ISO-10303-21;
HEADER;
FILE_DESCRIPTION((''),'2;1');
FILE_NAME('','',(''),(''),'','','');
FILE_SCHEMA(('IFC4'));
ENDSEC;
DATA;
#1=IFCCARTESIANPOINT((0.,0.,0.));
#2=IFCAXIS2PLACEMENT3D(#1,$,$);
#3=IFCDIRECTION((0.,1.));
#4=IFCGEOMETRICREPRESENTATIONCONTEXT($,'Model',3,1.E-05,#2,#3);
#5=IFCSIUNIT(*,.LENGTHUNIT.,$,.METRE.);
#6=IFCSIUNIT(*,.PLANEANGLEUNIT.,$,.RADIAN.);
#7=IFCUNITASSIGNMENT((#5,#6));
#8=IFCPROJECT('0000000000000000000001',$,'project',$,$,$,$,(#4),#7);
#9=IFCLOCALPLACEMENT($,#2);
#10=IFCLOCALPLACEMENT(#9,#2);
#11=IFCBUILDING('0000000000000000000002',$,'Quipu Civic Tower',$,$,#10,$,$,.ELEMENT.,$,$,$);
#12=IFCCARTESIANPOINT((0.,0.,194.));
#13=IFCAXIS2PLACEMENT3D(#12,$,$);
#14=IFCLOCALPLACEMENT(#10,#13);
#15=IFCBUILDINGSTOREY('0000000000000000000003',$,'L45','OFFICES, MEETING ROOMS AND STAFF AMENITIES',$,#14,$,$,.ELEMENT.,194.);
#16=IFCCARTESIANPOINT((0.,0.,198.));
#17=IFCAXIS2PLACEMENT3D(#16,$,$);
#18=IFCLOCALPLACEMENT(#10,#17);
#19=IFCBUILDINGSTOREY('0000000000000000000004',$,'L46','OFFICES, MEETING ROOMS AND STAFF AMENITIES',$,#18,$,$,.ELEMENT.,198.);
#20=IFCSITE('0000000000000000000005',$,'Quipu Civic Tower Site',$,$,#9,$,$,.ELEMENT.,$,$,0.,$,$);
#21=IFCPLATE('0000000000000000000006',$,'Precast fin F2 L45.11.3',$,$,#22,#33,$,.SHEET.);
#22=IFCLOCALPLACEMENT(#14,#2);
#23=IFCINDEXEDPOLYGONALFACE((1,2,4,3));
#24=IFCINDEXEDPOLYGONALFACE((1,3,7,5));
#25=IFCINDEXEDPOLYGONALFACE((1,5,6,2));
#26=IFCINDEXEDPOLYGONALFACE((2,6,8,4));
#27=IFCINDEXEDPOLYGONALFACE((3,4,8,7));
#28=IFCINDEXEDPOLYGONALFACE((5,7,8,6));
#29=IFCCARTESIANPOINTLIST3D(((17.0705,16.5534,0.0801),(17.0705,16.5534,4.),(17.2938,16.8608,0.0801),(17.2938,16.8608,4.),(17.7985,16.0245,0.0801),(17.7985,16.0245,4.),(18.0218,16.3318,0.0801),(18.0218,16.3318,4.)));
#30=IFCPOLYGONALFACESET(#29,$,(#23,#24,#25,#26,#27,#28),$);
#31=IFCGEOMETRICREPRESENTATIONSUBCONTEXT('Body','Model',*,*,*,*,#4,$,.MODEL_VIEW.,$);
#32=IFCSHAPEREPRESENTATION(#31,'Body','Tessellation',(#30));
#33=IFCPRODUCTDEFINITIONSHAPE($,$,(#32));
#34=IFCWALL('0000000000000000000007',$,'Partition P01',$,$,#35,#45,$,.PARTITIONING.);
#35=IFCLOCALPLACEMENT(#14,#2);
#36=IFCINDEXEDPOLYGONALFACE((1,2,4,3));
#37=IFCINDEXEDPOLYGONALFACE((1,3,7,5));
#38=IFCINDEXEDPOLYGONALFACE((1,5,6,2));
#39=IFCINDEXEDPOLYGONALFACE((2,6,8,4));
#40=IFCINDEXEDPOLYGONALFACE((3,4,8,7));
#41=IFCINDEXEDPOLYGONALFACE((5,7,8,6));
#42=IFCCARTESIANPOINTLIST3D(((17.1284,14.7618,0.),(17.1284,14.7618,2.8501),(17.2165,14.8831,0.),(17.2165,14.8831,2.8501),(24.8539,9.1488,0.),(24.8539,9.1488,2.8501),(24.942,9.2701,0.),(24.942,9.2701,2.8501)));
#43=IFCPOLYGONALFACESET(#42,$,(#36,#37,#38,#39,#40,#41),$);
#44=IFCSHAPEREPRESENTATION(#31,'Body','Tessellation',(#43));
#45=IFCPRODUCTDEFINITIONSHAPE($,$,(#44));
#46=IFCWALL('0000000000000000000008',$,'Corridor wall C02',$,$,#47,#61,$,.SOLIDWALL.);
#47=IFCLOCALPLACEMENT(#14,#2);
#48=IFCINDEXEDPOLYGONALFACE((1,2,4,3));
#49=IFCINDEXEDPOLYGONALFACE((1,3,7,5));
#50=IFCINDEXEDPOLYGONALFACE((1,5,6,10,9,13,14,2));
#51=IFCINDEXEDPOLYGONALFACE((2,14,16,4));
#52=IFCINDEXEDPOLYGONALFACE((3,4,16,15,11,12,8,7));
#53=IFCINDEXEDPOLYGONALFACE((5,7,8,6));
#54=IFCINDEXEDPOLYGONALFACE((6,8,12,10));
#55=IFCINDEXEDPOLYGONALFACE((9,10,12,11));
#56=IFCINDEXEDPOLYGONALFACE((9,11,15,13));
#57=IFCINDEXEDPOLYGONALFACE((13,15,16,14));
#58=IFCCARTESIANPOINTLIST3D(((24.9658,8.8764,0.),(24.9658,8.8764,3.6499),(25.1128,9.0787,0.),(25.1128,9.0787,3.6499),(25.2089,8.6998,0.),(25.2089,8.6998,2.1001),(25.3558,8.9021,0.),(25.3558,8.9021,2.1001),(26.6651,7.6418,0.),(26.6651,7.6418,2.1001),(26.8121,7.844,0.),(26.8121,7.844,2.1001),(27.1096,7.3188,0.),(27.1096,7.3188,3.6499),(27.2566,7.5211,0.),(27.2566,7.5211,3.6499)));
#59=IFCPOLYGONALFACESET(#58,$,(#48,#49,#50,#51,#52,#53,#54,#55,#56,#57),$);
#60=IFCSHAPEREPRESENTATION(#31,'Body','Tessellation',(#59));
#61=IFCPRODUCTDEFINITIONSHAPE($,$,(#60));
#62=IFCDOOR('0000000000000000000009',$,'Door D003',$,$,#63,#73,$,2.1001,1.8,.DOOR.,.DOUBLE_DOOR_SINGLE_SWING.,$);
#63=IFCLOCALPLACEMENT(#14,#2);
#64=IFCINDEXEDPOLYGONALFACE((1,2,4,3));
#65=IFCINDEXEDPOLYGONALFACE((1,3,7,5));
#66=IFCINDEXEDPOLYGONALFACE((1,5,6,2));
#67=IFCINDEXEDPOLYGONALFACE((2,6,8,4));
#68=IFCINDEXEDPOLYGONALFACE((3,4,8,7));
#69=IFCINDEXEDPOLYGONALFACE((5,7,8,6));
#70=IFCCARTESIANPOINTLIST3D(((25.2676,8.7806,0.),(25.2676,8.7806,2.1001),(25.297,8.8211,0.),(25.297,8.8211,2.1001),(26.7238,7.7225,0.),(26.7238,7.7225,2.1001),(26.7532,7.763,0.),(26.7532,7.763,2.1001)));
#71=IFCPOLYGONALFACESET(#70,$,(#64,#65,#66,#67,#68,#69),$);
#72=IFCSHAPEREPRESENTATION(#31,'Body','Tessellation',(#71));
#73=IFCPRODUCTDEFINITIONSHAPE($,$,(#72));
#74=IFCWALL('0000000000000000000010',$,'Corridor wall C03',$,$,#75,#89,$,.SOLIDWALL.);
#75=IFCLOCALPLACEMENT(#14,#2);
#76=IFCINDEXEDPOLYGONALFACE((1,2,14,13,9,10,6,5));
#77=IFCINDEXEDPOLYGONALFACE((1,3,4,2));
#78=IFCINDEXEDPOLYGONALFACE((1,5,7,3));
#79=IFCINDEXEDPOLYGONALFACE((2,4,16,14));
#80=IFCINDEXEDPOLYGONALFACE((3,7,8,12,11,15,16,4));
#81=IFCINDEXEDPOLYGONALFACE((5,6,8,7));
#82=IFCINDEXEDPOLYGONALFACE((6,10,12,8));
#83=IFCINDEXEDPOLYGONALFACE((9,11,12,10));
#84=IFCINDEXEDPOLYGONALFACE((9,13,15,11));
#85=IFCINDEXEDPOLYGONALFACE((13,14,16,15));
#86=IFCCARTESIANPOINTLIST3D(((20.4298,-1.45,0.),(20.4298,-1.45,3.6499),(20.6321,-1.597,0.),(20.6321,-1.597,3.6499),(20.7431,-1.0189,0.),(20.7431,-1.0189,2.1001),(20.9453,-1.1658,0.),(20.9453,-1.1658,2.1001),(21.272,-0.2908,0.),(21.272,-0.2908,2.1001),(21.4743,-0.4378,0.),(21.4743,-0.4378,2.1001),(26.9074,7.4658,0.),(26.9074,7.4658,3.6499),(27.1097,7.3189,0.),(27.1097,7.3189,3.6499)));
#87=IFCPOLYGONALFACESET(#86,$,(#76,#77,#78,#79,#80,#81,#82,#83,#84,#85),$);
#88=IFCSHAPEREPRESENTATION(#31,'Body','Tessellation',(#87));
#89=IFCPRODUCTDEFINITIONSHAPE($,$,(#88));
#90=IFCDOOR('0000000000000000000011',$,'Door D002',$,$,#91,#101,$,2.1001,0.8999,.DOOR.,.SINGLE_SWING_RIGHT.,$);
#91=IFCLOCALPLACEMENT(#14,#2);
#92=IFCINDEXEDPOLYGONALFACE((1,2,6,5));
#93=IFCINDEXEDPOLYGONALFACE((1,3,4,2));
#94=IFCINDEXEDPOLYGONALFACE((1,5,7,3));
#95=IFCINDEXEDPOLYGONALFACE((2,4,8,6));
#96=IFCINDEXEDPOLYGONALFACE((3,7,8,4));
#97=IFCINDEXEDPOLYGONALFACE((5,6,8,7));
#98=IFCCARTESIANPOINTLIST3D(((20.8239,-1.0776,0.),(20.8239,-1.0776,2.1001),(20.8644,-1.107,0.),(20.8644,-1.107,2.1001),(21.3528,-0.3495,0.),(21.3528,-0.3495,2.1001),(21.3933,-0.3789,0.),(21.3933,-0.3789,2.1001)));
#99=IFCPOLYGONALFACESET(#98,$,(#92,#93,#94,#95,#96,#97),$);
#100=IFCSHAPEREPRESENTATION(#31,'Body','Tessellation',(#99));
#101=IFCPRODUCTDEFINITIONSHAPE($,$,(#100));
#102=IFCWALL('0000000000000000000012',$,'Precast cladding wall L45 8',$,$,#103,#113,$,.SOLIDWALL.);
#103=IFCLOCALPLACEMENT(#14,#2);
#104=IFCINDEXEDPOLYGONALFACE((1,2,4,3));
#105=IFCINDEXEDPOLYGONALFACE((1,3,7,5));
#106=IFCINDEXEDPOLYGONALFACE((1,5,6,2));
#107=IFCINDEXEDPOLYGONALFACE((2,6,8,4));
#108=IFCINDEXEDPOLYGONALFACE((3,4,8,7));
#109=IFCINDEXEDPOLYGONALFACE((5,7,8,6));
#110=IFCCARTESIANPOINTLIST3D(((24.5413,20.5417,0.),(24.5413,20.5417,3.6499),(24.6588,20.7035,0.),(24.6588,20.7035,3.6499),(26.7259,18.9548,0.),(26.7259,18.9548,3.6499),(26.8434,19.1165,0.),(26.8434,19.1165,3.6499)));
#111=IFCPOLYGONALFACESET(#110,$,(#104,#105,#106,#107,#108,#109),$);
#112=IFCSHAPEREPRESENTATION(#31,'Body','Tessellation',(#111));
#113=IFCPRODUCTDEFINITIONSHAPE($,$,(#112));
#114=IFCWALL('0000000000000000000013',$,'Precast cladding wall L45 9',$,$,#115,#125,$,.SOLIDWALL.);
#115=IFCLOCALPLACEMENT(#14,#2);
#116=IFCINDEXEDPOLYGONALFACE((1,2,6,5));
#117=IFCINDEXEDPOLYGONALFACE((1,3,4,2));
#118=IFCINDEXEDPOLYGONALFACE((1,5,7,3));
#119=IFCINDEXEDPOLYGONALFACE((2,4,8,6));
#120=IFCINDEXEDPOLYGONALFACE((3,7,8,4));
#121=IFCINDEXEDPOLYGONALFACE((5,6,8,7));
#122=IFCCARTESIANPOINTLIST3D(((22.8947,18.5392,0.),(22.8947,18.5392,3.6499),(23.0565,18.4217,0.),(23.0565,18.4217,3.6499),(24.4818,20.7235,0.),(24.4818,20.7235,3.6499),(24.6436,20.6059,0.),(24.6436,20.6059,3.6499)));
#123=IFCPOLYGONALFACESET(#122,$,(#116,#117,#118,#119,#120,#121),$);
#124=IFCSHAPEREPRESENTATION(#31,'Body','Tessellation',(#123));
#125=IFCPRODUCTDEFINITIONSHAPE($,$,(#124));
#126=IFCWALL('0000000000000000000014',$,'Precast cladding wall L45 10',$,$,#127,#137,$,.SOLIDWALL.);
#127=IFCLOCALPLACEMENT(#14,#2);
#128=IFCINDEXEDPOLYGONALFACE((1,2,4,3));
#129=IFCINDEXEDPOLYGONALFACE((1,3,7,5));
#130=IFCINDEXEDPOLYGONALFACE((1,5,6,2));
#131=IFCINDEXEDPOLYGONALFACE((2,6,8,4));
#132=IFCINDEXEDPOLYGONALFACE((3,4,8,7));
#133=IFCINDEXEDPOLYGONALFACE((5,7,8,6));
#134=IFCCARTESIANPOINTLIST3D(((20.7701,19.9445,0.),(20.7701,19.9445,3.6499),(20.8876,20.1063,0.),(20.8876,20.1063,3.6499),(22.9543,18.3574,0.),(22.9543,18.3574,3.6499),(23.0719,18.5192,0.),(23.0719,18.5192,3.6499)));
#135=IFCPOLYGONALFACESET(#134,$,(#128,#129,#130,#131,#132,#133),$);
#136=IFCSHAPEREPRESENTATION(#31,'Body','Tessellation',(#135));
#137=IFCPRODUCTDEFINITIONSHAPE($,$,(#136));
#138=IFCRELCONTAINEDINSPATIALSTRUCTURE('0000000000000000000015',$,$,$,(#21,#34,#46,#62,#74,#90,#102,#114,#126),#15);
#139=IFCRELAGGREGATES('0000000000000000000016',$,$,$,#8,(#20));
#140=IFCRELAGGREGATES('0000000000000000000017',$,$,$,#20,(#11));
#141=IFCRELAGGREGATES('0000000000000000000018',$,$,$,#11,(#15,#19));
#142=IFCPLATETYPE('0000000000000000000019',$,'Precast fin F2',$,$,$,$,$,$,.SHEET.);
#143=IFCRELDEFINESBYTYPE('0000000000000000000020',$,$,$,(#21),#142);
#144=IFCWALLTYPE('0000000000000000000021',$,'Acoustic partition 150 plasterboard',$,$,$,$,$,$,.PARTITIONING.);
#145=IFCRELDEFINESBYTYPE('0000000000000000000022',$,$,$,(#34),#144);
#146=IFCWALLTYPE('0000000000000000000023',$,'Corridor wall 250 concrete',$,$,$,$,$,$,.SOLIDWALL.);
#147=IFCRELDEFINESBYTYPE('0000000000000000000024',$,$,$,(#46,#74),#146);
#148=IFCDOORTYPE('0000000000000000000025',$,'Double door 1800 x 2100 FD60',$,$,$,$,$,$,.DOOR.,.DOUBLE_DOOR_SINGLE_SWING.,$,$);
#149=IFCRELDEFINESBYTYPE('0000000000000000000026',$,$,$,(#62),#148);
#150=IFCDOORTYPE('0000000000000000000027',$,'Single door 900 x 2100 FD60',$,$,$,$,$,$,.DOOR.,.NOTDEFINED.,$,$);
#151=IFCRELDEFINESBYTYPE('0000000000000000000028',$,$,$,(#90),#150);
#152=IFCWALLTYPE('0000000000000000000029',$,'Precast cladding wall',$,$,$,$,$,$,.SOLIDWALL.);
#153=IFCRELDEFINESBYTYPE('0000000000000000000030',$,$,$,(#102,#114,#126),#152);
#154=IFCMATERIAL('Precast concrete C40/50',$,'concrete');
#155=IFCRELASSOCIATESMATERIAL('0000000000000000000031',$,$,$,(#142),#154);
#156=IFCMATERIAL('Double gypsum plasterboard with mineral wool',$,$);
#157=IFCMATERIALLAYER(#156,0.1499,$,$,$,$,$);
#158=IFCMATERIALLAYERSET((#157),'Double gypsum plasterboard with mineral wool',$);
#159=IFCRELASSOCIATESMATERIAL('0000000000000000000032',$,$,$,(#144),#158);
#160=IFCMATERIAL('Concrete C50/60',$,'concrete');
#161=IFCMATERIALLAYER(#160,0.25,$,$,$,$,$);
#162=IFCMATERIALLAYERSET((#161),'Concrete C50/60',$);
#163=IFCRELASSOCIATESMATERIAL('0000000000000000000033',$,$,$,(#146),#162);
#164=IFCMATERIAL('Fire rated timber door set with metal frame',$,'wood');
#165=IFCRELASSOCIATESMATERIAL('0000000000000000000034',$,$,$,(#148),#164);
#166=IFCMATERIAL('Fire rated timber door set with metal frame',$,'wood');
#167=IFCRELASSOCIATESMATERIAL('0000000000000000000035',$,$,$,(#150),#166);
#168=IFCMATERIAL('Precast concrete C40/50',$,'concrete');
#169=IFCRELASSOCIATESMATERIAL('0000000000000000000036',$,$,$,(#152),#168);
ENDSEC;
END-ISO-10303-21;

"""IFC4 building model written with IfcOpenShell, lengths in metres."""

from ifc_helpers import new_model, si_unit, direction, frame, frame_2d, origin, origin_2d, place, context, subcontext, project, spatial, rectangle, extrude, material, layer, layer_set, type_object, element, fill, save


model = new_model("IFC4")

# Units and contexts
model_context = context("Model", 3, precision=1e-05, world=origin(), true_north=direction((0.0, 1.0)))
body_context = subcontext(model_context, "Body", "Model", "MODEL_VIEW")
ifc_project = project(units=[si_unit("LENGTHUNIT", "METRE"), si_unit("PLANEANGLEUNIT", "RADIAN")], contexts=[model_context])

# Site, building, storey
site_placement = place(None, origin())
site = spatial("IfcSite", under=ifc_project, at=site_placement, Name="Quipu Civic Tower Site", CompositionType="ELEMENT", RefElevation=0.0)
building_placement = place(site_placement, origin())
building = spatial("IfcBuilding", under=site, at=building_placement, Name="Quipu Civic Tower", CompositionType="ELEMENT")
storey_1_placement = place(building_placement, frame((0.0, 0.0, 194.0)))
storey_1 = spatial("IfcBuildingStorey", under=building, at=storey_1_placement, Name="L45", Description="OFFICES, MEETING ROOMS AND STAFF AMENITIES", CompositionType="ELEMENT", Elevation=194.0)

# Shared definitions
storey_2_placement = place(building_placement, frame((0.0, 0.0, 198.0)))
storey_2 = spatial("IfcBuildingStorey", under=building, at=storey_2_placement, Name="L46", Description="OFFICES, MEETING ROOMS AND STAFF AMENITIES", CompositionType="ELEMENT", Elevation=198.0)

# Plate
ifc_material_1 = material(Name="Precast concrete C40/50", Category="concrete")
plate_type_1 = type_object("IfcPlateType", Name="Precast fin F2", PredefinedType="SHEET", material=ifc_material_1)
for number, where, z_axis, x_axis, name in (
    (1, (17.5461, 16.4426, 0.0801), (0.0, 0.0, 1.0), (-0.587784, -0.809018, 0.0), "Precast fin F2 L45.11.3"),
):
    element("IfcPlate", number, at=place(storey_1_placement, frame(where, z_axis=z_axis, x_axis=x_axis)), inside=storey_1, type_object=plate_type_1, Name=name, PredefinedType="SHEET", context=body_context, shape_type="SweptSolid", body=[
        extrude(rectangle(XDim=0.3799, YDim=0.8999, at=origin_2d()), origin(), (0.0, 0.0, 1.0), 3.9199),
    ])

# Wall
ifc_material_2 = material(Name="Double gypsum plasterboard with mineral wool")
ifc_layer_1 = layer(ifc_material_2, 0.1499)
ifc_layer_set_1 = layer_set([ifc_layer_1], Name="Double gypsum plasterboard with mineral wool")
wall_type_1 = type_object("IfcWallType", Name="Acoustic partition 150 plasterboard", PredefinedType="PARTITIONING", material=ifc_layer_set_1)
wall_1_placement = place(storey_1_placement, frame((24.8979, 9.2095, 0.0), z_axis=(0.0, 0.0, 1.0), x_axis=(-0.809013, 0.58779, 0.0)))
element("IfcWall", 2, at=wall_1_placement, inside=storey_1, type_object=wall_type_1, Name="Partition P01", PredefinedType="PARTITIONING", context=body_context, shape_type="SweptSolid", body=[
    extrude(rectangle(XDim=9.5493, YDim=0.1499, at=frame_2d((4.7747, 0.0))), origin(), (0.0, 0.0, 1.0), 2.8501),
])

# Walls, openings, doors
ifc_material_3 = material(Name="Concrete C50/60", Category="concrete")
ifc_layer_2 = layer(ifc_material_3, 0.25)
ifc_layer_set_2 = layer_set([ifc_layer_2], Name="Concrete C50/60")
wall_type_2 = type_object("IfcWallType", Name="Corridor wall 250 concrete", PredefinedType="SOLIDWALL", material=ifc_layer_set_2)
wall_2_placement = place(storey_1_placement, frame((25.0393, 8.9775, 0.0), z_axis=(0.0, 0.0, 1.0), x_axis=(0.809007, -0.587799, 0.0)))
wall_2 = element("IfcWall", 3, at=wall_2_placement, inside=storey_1, type_object=wall_type_2, Name="Corridor wall C02", PredefinedType="SOLIDWALL", context=body_context, shape_type="SweptSolid", body=[
    extrude(rectangle(XDim=2.6499, YDim=0.25, at=frame_2d((1.325, 0.0))), origin(), (0.0, 0.0, 1.0), 3.6499),
])
opening_1_placement = place(wall_2_placement, frame((0.3005, 0.0, 0.0)))
opening_1 = element("IfcOpeningElement", 4, at=opening_1_placement, cuts=wall_2, PredefinedType="OPENING", context=body_context, shape_type="SweptSolid", body=[
    extrude(rectangle(XDim=1.8, YDim=2.1001, at=frame_2d((0.8999, 1.05))), frame((0.0, 0.135, 0.0), z_axis=(0.0, -1.0, 0.0), x_axis=(1.0, 0.0, 0.0)), (0.0, 0.0, 1.0), 0.27),
])
ifc_material_4 = material(Name="Fire rated timber door set with metal frame", Category="wood")
door_type_1 = type_object("IfcDoorType", Name="Double door 1800 x 2100 FD60", OperationType="DOUBLE_DOOR_SINGLE_SWING", PredefinedType="DOOR", material=ifc_material_4)
door_1_placement = place(opening_1_placement, origin())
door_1 = element("IfcDoor", 5, at=door_1_placement, inside=storey_1, type_object=door_type_1, Name="Door D003", OperationType="DOUBLE_DOOR_SINGLE_SWING", OverallHeight=2.1001, OverallWidth=1.8, PredefinedType="DOOR", context=body_context, shape_type="SweptSolid", body=[
    extrude(rectangle(XDim=1.8, YDim=2.1001, at=frame_2d((0.8999, 1.05))), frame((0.0, 0.0249, 0.0), z_axis=(0.0, -1.0, 0.0), x_axis=(1.0, 0.0, 0.0)), (0.0, 0.0, 1.0), 0.05),
])
fill(opening_1, door_1)
wall_3_placement = place(storey_1_placement, frame((27.0085, 7.3923, 0.0), z_axis=(0.0, 0.0, 1.0), x_axis=(-0.587776, -0.809023, 0.0)))
wall_3 = element("IfcWall", 6, at=wall_3_placement, inside=storey_1, type_object=wall_type_2, Name="Corridor wall C03", PredefinedType="SOLIDWALL", context=body_context, shape_type="SweptSolid", body=[
    extrude(rectangle(XDim=11.0205, YDim=0.25, at=frame_2d((5.5103, 0.0))), origin(), (0.0, 0.0, 1.0), 3.6499),
])
opening_2_placement = place(wall_3_placement, frame((9.5876, 0.0, 0.0)))
opening_2 = element("IfcOpeningElement", 7, at=opening_2_placement, cuts=wall_3, PredefinedType="OPENING", context=body_context, shape_type="SweptSolid", body=[
    extrude(rectangle(XDim=0.8999, YDim=2.1001, at=frame_2d((0.45, 1.05))), frame((0.0, 0.135, 0.0), z_axis=(0.0, -1.0, 0.0), x_axis=(1.0, 0.0, 0.0)), (0.0, 0.0, 1.0), 0.27),
])
ifc_material_5 = material(Name="Fire rated timber door set with metal frame", Category="wood")
door_type_2 = type_object("IfcDoorType", Name="Single door 900 x 2100 FD60", OperationType="NOTDEFINED", PredefinedType="DOOR", material=ifc_material_5)
door_2_placement = place(opening_2_placement, origin())
door_2 = element("IfcDoor", 8, at=door_2_placement, inside=storey_1, type_object=door_type_2, Name="Door D002", OperationType="SINGLE_SWING_RIGHT", OverallHeight=2.1001, OverallWidth=0.8999, PredefinedType="DOOR", context=body_context, shape_type="SweptSolid", body=[
    extrude(rectangle(XDim=0.8999, YDim=2.1001, at=frame_2d((0.45, 1.05))), frame((0.0, 0.0249, 0.0), z_axis=(0.0, -1.0, 0.0), x_axis=(1.0, 0.0, 0.0)), (0.0, 0.0, 1.0), 0.05),
])
fill(opening_2, door_2)

# Walls
ifc_material_6 = material(Name="Precast concrete C40/50", Category="concrete")
wall_type_3 = type_object("IfcWallType", Name="Precast cladding wall", PredefinedType="SOLIDWALL", material=ifc_material_6)
wall_4_placement = place(storey_1_placement, frame((26.7847, 19.0356, 0.0), z_axis=(0.0, 0.0, 1.0), x_axis=(-0.809064, 0.58772, 0.0)))
element("IfcWall", 9, at=wall_4_placement, inside=storey_1, type_object=wall_type_3, Name="Precast cladding wall L45 8", PredefinedType="SOLIDWALL", context=body_context, shape_type="SweptSolid", body=[
    extrude(rectangle(XDim=2.7002, YDim=0.2, at=frame_2d((1.3501, 0.0))), origin(), (0.0, 0.0, 1.0), 3.6499),
])
for number, where, z_axis, x_axis, name in (
    (10, (24.5627, 20.6648, 0.0), (0.0, 0.0, 1.0), (-0.587822, -0.80899, 0.0), "Precast cladding wall L45 9"),
    (11, (23.0132, 18.4382, 0.0), (0.0, 0.0, 1.0), (-0.80899, 0.587822, 0.0), "Precast cladding wall L45 10"),
):
    element("IfcWall", number, at=place(storey_1_placement, frame(where, z_axis=z_axis, x_axis=x_axis)), inside=storey_1, type_object=wall_type_3, Name=name, PredefinedType="SOLIDWALL", context=body_context, shape_type="SweptSolid", body=[
        extrude(rectangle(XDim=2.7, YDim=0.2, at=frame_2d((1.3501, 0.0))), origin(), (0.0, 0.0, 1.0), 3.6499),
    ])

save(model, "model.ifc")
